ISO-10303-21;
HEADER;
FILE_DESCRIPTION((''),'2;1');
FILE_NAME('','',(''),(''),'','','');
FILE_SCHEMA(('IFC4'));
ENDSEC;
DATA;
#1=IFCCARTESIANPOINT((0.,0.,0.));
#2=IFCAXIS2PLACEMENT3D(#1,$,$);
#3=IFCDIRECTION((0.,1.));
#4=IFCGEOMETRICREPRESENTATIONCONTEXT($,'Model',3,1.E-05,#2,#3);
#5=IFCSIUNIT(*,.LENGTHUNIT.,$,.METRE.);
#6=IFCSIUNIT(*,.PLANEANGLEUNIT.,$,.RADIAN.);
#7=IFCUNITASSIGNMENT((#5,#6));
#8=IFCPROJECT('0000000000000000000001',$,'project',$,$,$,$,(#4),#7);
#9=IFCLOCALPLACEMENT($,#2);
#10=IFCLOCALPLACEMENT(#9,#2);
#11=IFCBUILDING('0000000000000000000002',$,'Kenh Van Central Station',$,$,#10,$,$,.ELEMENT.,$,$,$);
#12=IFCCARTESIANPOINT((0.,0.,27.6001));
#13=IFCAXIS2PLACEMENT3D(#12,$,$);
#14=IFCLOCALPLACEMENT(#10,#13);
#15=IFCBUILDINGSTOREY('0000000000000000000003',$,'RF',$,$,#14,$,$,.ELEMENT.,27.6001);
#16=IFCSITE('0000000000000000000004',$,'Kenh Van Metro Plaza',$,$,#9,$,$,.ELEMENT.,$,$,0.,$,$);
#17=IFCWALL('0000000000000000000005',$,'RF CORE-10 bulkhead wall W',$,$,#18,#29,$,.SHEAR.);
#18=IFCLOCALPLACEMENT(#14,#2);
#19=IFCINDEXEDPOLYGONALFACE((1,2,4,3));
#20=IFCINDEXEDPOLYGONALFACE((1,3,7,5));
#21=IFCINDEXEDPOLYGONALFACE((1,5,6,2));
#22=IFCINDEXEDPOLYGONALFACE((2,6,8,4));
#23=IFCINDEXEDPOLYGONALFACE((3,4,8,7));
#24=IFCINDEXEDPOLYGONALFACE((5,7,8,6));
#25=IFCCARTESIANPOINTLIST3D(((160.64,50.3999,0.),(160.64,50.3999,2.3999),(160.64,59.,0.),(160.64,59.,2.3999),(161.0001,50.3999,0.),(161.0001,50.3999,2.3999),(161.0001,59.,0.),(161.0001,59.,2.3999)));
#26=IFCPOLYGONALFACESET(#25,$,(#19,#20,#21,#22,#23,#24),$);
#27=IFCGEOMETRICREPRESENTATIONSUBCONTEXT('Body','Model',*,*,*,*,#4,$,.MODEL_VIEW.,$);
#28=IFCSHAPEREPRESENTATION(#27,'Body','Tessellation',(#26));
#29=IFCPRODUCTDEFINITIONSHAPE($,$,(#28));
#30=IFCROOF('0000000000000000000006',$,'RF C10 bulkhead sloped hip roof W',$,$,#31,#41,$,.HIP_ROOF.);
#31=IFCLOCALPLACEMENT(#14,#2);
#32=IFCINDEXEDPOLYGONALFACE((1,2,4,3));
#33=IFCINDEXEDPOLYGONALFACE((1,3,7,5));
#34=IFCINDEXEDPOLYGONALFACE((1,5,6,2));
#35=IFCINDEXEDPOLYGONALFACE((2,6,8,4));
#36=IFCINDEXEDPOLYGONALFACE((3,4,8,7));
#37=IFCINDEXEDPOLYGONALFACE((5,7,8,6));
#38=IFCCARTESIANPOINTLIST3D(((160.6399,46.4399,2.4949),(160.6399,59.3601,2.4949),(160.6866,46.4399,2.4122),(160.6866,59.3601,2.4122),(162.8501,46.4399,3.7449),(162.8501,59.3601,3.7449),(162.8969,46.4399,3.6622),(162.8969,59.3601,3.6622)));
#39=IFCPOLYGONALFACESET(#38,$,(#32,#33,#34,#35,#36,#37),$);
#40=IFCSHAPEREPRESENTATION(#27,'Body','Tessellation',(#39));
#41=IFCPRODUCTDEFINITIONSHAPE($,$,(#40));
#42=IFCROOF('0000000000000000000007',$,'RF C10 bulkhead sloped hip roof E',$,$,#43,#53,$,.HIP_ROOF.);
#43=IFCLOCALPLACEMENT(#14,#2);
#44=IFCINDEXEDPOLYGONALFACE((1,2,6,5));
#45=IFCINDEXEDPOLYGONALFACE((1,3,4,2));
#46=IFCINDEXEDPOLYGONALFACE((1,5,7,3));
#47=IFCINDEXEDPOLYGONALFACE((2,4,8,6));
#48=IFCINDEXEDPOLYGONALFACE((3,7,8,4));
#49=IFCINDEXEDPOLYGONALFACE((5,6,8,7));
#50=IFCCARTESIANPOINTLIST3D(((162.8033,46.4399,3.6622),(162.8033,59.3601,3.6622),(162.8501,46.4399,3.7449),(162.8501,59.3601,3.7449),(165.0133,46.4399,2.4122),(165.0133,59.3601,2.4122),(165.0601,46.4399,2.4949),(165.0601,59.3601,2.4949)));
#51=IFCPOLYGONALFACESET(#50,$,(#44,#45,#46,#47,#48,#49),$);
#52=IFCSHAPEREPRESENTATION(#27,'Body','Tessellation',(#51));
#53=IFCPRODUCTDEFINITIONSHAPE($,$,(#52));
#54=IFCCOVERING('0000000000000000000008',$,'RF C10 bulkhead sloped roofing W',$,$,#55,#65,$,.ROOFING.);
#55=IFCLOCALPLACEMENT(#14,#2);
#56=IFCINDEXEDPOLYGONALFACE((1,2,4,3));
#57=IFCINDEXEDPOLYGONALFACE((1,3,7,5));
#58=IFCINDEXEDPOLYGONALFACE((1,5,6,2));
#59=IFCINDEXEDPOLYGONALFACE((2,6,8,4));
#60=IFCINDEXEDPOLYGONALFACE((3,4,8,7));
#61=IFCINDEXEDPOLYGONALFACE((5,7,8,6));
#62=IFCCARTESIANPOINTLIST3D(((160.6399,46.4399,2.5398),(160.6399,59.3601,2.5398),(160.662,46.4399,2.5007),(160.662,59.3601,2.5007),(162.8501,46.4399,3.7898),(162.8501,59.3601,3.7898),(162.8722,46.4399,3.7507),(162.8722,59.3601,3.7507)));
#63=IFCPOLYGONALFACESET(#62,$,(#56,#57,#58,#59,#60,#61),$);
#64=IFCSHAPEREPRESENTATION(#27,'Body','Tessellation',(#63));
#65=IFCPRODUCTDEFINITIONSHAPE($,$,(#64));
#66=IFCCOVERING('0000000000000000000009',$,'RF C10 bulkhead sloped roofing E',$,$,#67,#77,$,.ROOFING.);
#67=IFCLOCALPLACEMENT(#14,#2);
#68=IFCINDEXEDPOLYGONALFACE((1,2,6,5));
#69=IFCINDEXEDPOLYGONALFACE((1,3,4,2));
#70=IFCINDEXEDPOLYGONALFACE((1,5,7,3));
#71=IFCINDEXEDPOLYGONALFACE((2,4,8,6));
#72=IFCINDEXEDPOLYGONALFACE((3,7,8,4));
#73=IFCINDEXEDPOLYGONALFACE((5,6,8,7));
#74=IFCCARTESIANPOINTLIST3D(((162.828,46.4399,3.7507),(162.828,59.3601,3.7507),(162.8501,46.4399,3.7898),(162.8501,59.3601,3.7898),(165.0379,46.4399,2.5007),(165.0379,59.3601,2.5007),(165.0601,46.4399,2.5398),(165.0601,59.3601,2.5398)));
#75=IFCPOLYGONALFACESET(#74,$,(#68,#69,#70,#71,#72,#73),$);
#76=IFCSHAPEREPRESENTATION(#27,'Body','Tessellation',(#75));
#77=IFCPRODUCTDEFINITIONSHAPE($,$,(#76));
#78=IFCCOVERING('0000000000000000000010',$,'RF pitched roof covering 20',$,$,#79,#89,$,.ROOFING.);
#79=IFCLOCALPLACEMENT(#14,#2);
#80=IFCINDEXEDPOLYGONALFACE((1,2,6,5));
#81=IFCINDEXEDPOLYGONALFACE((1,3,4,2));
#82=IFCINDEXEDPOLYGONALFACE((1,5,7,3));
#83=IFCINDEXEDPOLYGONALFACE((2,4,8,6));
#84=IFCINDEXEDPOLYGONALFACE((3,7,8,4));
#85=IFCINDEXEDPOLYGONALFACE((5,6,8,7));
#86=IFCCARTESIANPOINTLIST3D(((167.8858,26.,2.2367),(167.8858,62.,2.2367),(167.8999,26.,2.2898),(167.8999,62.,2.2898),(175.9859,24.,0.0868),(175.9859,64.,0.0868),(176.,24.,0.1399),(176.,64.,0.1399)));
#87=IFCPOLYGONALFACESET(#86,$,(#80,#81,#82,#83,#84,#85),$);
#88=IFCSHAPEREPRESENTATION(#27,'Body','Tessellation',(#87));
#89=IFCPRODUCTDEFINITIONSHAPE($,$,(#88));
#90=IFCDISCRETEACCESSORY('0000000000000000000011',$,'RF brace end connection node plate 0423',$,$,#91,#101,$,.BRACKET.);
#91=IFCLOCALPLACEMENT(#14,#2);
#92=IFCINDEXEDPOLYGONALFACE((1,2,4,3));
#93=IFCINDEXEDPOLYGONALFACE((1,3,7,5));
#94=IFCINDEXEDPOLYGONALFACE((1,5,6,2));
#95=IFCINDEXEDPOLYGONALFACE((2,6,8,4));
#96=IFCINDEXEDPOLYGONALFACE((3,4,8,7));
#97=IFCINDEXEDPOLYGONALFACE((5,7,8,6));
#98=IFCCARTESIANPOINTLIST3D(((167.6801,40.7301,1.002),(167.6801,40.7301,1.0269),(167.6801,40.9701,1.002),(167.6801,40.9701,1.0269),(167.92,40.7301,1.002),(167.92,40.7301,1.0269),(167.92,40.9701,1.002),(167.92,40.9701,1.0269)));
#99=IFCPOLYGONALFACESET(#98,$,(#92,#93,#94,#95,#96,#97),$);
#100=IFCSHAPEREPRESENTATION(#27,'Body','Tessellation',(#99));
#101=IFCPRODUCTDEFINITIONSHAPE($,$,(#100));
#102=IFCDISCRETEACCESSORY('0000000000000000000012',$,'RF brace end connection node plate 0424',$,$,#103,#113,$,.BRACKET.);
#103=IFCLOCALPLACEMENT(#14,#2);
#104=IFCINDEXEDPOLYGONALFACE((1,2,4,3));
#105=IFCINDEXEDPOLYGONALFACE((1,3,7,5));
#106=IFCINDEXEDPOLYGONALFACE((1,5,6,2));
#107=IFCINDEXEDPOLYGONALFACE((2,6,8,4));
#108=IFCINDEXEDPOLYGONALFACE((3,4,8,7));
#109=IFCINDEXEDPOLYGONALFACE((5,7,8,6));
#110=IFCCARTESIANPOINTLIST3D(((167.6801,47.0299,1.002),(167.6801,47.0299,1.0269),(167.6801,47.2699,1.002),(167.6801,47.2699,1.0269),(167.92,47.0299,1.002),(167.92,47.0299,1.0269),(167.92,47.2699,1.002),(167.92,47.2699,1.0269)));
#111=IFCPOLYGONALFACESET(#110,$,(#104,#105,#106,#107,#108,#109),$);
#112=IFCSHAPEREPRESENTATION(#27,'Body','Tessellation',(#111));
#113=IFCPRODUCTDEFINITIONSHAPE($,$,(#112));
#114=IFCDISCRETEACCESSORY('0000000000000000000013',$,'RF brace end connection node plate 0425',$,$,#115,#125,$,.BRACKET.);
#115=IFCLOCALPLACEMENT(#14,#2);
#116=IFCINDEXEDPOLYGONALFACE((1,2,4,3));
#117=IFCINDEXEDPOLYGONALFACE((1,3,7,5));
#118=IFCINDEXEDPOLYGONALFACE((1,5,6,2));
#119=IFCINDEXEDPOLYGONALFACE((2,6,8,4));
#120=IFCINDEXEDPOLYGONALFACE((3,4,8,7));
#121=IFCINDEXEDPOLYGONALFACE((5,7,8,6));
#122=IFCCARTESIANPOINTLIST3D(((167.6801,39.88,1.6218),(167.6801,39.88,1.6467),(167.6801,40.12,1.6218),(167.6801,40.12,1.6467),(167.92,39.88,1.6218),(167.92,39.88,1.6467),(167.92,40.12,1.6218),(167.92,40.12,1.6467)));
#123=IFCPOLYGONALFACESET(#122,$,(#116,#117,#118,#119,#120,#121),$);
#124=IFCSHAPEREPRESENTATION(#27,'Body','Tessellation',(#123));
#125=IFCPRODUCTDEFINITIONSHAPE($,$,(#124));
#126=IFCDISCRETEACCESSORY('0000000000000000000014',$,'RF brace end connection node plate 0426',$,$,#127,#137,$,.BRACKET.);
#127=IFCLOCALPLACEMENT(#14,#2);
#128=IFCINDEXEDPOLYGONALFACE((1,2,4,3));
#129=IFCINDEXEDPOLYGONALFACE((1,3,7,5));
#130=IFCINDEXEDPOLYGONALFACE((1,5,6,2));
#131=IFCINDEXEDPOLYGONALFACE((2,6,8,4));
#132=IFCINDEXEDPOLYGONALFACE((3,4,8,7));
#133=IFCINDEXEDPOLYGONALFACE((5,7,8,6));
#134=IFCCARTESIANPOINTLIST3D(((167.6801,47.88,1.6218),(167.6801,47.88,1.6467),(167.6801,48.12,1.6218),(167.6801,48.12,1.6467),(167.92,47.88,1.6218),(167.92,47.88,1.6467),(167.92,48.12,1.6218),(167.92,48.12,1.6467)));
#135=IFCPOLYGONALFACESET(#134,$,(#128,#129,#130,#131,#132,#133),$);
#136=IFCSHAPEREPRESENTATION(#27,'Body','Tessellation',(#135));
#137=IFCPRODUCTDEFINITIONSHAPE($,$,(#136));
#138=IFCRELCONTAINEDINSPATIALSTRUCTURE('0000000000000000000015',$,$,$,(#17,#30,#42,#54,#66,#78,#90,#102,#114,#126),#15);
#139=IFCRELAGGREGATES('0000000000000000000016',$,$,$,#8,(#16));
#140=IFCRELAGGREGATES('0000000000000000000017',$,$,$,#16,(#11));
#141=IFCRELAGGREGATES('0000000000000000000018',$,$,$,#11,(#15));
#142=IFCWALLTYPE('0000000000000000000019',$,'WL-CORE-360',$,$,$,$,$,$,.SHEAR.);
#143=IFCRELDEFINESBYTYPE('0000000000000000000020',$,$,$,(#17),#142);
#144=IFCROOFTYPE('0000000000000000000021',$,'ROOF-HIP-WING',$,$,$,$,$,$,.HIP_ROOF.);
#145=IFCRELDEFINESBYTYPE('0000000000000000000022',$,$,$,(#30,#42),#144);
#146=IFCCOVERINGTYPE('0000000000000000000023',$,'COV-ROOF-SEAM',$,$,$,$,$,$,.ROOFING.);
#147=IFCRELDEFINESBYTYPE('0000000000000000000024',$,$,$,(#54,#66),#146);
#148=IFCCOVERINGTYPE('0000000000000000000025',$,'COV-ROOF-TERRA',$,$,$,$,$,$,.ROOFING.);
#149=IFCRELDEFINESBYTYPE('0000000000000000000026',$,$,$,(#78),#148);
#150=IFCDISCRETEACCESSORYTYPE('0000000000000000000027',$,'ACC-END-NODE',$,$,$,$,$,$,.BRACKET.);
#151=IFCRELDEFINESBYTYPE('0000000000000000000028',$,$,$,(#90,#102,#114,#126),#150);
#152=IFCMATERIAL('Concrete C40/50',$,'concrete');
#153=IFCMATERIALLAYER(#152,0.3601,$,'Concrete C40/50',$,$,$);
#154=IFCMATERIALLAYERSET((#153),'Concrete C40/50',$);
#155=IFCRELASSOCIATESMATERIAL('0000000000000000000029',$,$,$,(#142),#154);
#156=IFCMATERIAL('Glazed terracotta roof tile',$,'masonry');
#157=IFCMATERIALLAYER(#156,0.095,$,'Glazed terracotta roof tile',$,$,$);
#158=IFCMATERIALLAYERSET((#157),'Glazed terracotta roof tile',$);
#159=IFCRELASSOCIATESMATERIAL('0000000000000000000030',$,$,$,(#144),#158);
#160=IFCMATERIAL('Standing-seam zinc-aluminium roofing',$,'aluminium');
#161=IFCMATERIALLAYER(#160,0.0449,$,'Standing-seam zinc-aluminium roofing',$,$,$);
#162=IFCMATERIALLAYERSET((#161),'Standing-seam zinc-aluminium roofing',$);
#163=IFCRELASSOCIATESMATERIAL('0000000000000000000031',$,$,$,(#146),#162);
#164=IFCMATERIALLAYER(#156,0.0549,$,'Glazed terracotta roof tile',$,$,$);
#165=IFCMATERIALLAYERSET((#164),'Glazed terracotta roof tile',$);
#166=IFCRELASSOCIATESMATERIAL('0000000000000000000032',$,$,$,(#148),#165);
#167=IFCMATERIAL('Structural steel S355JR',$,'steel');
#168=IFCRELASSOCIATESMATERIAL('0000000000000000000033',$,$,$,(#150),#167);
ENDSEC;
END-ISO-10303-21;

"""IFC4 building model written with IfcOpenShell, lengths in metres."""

from ifc_helpers import new_model, si_unit, direction, frame, frame_2d, origin, origin_2d, place, context, subcontext, project, spatial, polyline, rectangle, outline, extrude, material, layer, layer_set, type_object, element, save


model = new_model("IFC4")

# Units and contexts
model_context = context("Model", 3, precision=1e-05, world=origin(), true_north=direction((0.0, 1.0)))
body_context = subcontext(model_context, "Body", "Model", "MODEL_VIEW")
ifc_project = project(units=[si_unit("LENGTHUNIT", "METRE"), si_unit("PLANEANGLEUNIT", "RADIAN")], contexts=[model_context])

# Site, building, storey
site_placement = place(None, origin())
site = spatial("IfcSite", under=ifc_project, at=site_placement, Name="Kenh Van Metro Plaza", CompositionType="ELEMENT", RefElevation=0.0)
building_placement = place(site_placement, origin())
building = spatial("IfcBuilding", under=site, at=building_placement, Name="Kenh Van Central Station", CompositionType="ELEMENT")
storey_placement = place(building_placement, frame((0.0, 0.0, 27.6001)))
storey = spatial("IfcBuildingStorey", under=building, at=storey_placement, Name="RF", CompositionType="ELEMENT", Elevation=27.6001)

# Wall
ifc_material_1 = material(Name="Concrete C40/50", Category="concrete")
ifc_layer_1 = layer(ifc_material_1, 0.3601, Name="Concrete C40/50")
ifc_layer_set_1 = layer_set([ifc_layer_1], Name="Concrete C40/50")
wall_type = type_object("IfcWallType", Name="WL-CORE-360", PredefinedType="SHEAR", material=ifc_layer_set_1)
wall_1_placement = place(storey_placement, frame((160.8201, 50.3999, 0.0), z_axis=(0.0, 0.0, 1.0), x_axis=(0.0, 1.0, 0.0)))
element("IfcWall", 1, at=wall_1_placement, inside=storey, type_object=wall_type, Name="RF CORE-10 bulkhead wall W", PredefinedType="SHEAR", context=body_context, shape_type="SweptSolid", body=[
    extrude(rectangle(XDim=8.6001, YDim=0.3601, at=frame_2d((4.3, 0.0))), origin(), (0.0, 0.0, 1.0), 2.3999),
])

# Roofs
ifc_material_2 = material(Name="Glazed terracotta roof tile", Category="masonry")
ifc_layer_2 = layer(ifc_material_2, 0.095, Name="Glazed terracotta roof tile")
ifc_layer_set_2 = layer_set([ifc_layer_2], Name="Glazed terracotta roof tile")
roof_type = type_object("IfcRoofType", Name="ROOF-HIP-WING", PredefinedType="HIP_ROOF", material=ifc_layer_set_2)
roof_1_placement = place(storey_placement, frame((160.6399, 46.4399, 2.4949), z_axis=(-0.492282, 0.0, 0.870436), x_axis=(0.870436, 0.0, 0.492282)))
element("IfcRoof", 2, at=roof_1_placement, inside=storey, type_object=roof_type, Name="RF C10 bulkhead sloped hip roof W", PredefinedType="HIP_ROOF", context=body_context, shape_type="SweptSolid", body=[
    extrude(outline(polyline([(0.0, 0.0), (2.5392, 0.0), (2.5392, 12.9202), (0.0, 12.9202), (0.0, 0.0)])), origin(), (0.0, 0.0, -1.0), 0.095),
])
roof_2_placement = place(storey_placement, frame((162.8501, 46.4399, 3.7449), z_axis=(0.492323, 0.0, 0.870412), x_axis=(0.870412, 0.0, -0.492323)))
element("IfcRoof", 3, at=roof_2_placement, inside=storey, type_object=roof_type, Name="RF C10 bulkhead sloped hip roof E", PredefinedType="HIP_ROOF", context=body_context, shape_type="SweptSolid", body=[
    extrude(outline(polyline([(0.0, 0.0), (2.539, 0.0), (2.539, 12.9202), (0.0, 12.9202), (0.0, 0.0)])), origin(), (0.0, 0.0, -1.0), 0.095),
])

# Coverings
ifc_material_3 = material(Name="Standing-seam zinc-aluminium roofing", Category="aluminium")
ifc_layer_3 = layer(ifc_material_3, 0.0449, Name="Standing-seam zinc-aluminium roofing")
ifc_layer_set_3 = layer_set([ifc_layer_3], Name="Standing-seam zinc-aluminium roofing")
covering_type_1 = type_object("IfcCoveringType", Name="COV-ROOF-SEAM", PredefinedType="ROOFING", material=ifc_layer_set_3)
covering_1_placement = place(storey_placement, frame((160.6399, 46.4399, 2.5398), z_axis=(-0.492282, 0.0, 0.870436), x_axis=(0.870436, 0.0, 0.492282)))
element("IfcCovering", 4, at=covering_1_placement, inside=storey, type_object=covering_type_1, Name="RF C10 bulkhead sloped roofing W", PredefinedType="ROOFING", context=body_context, shape_type="SweptSolid", body=[
    extrude(outline(polyline([(0.0, 0.0), (2.5392, 0.0), (2.5392, 12.9202), (0.0, 12.9202), (0.0, 0.0)])), origin(), (0.0, 0.0, -1.0), 0.0449),
])
covering_2_placement = place(storey_placement, frame((162.8501, 46.4399, 3.7898), z_axis=(0.492323, 0.0, 0.870412), x_axis=(0.870412, 0.0, -0.492323)))
element("IfcCovering", 5, at=covering_2_placement, inside=storey, type_object=covering_type_1, Name="RF C10 bulkhead sloped roofing E", PredefinedType="ROOFING", context=body_context, shape_type="SweptSolid", body=[
    extrude(outline(polyline([(0.0, 0.0), (2.539, 0.0), (2.539, 12.9202), (0.0, 12.9202), (0.0, 0.0)])), origin(), (0.0, 0.0, -1.0), 0.0449),
])
ifc_layer_4 = layer(ifc_material_2, 0.0549, Name="Glazed terracotta roof tile")
ifc_layer_set_4 = layer_set([ifc_layer_4], Name="Glazed terracotta roof tile")
covering_type_2 = type_object("IfcCoveringType", Name="COV-ROOF-TERRA", PredefinedType="ROOFING", material=ifc_layer_set_4)
covering_3_placement = place(storey_placement, frame((167.8999, 26.0, 2.2898), z_axis=(0.256535, 0.0, 0.966535), x_axis=(0.940134, -0.232129, -0.249527)))
element("IfcCovering", 6, at=covering_3_placement, inside=storey, type_object=covering_type_2, Name="RF pitched roof covering 20", PredefinedType="ROOFING", context=body_context, shape_type="SweptSolid", body=[
    extrude(outline(polyline([(0.0, 0.0), (8.6159, 0.0), (-0.6693, 38.9074), (-8.3566, 35.0167), (0.0, 0.0)])), origin(), (0.0, 0.0, -1.0), 0.0549),
])

# Discrete accessories
ifc_material_4 = material(Name="Structural steel S355JR", Category="steel")
discrete_accessory_type = type_object("IfcDiscreteAccessoryType", Name="ACC-END-NODE", PredefinedType="BRACKET", material=ifc_material_4)
for number, where, z_axis, x_axis, name in (
    (7, (167.8, 40.8501, 1.002), (0.0, 0.0, 1.0), (1.0, 0.0, 0.0), "RF brace end connection node plate 0423"),
    (8, (167.8, 47.1499, 1.002), (0.0, 0.0, 1.0), (1.0, 0.0, 0.0), "RF brace end connection node plate 0424"),
    (9, (167.8, 40.0, 1.6218), (0.0, 0.0, 1.0), (1.0, 0.0, 0.0), "RF brace end connection node plate 0425"),
    (10, (167.8, 48.0, 1.6218), (0.0, 0.0, 1.0), (1.0, 0.0, 0.0), "RF brace end connection node plate 0426"),
):
    element("IfcDiscreteAccessory", number, at=place(storey_placement, frame(where, z_axis=z_axis, x_axis=x_axis)), inside=storey, type_object=discrete_accessory_type, Name=name, PredefinedType="BRACKET", context=body_context, shape_type="SweptSolid", body=[
        extrude(rectangle(XDim=0.24, YDim=0.24, at=origin_2d()), origin(), (0.0, 0.0, 1.0), 0.0249),
    ])

save(model, "model.ifc")
